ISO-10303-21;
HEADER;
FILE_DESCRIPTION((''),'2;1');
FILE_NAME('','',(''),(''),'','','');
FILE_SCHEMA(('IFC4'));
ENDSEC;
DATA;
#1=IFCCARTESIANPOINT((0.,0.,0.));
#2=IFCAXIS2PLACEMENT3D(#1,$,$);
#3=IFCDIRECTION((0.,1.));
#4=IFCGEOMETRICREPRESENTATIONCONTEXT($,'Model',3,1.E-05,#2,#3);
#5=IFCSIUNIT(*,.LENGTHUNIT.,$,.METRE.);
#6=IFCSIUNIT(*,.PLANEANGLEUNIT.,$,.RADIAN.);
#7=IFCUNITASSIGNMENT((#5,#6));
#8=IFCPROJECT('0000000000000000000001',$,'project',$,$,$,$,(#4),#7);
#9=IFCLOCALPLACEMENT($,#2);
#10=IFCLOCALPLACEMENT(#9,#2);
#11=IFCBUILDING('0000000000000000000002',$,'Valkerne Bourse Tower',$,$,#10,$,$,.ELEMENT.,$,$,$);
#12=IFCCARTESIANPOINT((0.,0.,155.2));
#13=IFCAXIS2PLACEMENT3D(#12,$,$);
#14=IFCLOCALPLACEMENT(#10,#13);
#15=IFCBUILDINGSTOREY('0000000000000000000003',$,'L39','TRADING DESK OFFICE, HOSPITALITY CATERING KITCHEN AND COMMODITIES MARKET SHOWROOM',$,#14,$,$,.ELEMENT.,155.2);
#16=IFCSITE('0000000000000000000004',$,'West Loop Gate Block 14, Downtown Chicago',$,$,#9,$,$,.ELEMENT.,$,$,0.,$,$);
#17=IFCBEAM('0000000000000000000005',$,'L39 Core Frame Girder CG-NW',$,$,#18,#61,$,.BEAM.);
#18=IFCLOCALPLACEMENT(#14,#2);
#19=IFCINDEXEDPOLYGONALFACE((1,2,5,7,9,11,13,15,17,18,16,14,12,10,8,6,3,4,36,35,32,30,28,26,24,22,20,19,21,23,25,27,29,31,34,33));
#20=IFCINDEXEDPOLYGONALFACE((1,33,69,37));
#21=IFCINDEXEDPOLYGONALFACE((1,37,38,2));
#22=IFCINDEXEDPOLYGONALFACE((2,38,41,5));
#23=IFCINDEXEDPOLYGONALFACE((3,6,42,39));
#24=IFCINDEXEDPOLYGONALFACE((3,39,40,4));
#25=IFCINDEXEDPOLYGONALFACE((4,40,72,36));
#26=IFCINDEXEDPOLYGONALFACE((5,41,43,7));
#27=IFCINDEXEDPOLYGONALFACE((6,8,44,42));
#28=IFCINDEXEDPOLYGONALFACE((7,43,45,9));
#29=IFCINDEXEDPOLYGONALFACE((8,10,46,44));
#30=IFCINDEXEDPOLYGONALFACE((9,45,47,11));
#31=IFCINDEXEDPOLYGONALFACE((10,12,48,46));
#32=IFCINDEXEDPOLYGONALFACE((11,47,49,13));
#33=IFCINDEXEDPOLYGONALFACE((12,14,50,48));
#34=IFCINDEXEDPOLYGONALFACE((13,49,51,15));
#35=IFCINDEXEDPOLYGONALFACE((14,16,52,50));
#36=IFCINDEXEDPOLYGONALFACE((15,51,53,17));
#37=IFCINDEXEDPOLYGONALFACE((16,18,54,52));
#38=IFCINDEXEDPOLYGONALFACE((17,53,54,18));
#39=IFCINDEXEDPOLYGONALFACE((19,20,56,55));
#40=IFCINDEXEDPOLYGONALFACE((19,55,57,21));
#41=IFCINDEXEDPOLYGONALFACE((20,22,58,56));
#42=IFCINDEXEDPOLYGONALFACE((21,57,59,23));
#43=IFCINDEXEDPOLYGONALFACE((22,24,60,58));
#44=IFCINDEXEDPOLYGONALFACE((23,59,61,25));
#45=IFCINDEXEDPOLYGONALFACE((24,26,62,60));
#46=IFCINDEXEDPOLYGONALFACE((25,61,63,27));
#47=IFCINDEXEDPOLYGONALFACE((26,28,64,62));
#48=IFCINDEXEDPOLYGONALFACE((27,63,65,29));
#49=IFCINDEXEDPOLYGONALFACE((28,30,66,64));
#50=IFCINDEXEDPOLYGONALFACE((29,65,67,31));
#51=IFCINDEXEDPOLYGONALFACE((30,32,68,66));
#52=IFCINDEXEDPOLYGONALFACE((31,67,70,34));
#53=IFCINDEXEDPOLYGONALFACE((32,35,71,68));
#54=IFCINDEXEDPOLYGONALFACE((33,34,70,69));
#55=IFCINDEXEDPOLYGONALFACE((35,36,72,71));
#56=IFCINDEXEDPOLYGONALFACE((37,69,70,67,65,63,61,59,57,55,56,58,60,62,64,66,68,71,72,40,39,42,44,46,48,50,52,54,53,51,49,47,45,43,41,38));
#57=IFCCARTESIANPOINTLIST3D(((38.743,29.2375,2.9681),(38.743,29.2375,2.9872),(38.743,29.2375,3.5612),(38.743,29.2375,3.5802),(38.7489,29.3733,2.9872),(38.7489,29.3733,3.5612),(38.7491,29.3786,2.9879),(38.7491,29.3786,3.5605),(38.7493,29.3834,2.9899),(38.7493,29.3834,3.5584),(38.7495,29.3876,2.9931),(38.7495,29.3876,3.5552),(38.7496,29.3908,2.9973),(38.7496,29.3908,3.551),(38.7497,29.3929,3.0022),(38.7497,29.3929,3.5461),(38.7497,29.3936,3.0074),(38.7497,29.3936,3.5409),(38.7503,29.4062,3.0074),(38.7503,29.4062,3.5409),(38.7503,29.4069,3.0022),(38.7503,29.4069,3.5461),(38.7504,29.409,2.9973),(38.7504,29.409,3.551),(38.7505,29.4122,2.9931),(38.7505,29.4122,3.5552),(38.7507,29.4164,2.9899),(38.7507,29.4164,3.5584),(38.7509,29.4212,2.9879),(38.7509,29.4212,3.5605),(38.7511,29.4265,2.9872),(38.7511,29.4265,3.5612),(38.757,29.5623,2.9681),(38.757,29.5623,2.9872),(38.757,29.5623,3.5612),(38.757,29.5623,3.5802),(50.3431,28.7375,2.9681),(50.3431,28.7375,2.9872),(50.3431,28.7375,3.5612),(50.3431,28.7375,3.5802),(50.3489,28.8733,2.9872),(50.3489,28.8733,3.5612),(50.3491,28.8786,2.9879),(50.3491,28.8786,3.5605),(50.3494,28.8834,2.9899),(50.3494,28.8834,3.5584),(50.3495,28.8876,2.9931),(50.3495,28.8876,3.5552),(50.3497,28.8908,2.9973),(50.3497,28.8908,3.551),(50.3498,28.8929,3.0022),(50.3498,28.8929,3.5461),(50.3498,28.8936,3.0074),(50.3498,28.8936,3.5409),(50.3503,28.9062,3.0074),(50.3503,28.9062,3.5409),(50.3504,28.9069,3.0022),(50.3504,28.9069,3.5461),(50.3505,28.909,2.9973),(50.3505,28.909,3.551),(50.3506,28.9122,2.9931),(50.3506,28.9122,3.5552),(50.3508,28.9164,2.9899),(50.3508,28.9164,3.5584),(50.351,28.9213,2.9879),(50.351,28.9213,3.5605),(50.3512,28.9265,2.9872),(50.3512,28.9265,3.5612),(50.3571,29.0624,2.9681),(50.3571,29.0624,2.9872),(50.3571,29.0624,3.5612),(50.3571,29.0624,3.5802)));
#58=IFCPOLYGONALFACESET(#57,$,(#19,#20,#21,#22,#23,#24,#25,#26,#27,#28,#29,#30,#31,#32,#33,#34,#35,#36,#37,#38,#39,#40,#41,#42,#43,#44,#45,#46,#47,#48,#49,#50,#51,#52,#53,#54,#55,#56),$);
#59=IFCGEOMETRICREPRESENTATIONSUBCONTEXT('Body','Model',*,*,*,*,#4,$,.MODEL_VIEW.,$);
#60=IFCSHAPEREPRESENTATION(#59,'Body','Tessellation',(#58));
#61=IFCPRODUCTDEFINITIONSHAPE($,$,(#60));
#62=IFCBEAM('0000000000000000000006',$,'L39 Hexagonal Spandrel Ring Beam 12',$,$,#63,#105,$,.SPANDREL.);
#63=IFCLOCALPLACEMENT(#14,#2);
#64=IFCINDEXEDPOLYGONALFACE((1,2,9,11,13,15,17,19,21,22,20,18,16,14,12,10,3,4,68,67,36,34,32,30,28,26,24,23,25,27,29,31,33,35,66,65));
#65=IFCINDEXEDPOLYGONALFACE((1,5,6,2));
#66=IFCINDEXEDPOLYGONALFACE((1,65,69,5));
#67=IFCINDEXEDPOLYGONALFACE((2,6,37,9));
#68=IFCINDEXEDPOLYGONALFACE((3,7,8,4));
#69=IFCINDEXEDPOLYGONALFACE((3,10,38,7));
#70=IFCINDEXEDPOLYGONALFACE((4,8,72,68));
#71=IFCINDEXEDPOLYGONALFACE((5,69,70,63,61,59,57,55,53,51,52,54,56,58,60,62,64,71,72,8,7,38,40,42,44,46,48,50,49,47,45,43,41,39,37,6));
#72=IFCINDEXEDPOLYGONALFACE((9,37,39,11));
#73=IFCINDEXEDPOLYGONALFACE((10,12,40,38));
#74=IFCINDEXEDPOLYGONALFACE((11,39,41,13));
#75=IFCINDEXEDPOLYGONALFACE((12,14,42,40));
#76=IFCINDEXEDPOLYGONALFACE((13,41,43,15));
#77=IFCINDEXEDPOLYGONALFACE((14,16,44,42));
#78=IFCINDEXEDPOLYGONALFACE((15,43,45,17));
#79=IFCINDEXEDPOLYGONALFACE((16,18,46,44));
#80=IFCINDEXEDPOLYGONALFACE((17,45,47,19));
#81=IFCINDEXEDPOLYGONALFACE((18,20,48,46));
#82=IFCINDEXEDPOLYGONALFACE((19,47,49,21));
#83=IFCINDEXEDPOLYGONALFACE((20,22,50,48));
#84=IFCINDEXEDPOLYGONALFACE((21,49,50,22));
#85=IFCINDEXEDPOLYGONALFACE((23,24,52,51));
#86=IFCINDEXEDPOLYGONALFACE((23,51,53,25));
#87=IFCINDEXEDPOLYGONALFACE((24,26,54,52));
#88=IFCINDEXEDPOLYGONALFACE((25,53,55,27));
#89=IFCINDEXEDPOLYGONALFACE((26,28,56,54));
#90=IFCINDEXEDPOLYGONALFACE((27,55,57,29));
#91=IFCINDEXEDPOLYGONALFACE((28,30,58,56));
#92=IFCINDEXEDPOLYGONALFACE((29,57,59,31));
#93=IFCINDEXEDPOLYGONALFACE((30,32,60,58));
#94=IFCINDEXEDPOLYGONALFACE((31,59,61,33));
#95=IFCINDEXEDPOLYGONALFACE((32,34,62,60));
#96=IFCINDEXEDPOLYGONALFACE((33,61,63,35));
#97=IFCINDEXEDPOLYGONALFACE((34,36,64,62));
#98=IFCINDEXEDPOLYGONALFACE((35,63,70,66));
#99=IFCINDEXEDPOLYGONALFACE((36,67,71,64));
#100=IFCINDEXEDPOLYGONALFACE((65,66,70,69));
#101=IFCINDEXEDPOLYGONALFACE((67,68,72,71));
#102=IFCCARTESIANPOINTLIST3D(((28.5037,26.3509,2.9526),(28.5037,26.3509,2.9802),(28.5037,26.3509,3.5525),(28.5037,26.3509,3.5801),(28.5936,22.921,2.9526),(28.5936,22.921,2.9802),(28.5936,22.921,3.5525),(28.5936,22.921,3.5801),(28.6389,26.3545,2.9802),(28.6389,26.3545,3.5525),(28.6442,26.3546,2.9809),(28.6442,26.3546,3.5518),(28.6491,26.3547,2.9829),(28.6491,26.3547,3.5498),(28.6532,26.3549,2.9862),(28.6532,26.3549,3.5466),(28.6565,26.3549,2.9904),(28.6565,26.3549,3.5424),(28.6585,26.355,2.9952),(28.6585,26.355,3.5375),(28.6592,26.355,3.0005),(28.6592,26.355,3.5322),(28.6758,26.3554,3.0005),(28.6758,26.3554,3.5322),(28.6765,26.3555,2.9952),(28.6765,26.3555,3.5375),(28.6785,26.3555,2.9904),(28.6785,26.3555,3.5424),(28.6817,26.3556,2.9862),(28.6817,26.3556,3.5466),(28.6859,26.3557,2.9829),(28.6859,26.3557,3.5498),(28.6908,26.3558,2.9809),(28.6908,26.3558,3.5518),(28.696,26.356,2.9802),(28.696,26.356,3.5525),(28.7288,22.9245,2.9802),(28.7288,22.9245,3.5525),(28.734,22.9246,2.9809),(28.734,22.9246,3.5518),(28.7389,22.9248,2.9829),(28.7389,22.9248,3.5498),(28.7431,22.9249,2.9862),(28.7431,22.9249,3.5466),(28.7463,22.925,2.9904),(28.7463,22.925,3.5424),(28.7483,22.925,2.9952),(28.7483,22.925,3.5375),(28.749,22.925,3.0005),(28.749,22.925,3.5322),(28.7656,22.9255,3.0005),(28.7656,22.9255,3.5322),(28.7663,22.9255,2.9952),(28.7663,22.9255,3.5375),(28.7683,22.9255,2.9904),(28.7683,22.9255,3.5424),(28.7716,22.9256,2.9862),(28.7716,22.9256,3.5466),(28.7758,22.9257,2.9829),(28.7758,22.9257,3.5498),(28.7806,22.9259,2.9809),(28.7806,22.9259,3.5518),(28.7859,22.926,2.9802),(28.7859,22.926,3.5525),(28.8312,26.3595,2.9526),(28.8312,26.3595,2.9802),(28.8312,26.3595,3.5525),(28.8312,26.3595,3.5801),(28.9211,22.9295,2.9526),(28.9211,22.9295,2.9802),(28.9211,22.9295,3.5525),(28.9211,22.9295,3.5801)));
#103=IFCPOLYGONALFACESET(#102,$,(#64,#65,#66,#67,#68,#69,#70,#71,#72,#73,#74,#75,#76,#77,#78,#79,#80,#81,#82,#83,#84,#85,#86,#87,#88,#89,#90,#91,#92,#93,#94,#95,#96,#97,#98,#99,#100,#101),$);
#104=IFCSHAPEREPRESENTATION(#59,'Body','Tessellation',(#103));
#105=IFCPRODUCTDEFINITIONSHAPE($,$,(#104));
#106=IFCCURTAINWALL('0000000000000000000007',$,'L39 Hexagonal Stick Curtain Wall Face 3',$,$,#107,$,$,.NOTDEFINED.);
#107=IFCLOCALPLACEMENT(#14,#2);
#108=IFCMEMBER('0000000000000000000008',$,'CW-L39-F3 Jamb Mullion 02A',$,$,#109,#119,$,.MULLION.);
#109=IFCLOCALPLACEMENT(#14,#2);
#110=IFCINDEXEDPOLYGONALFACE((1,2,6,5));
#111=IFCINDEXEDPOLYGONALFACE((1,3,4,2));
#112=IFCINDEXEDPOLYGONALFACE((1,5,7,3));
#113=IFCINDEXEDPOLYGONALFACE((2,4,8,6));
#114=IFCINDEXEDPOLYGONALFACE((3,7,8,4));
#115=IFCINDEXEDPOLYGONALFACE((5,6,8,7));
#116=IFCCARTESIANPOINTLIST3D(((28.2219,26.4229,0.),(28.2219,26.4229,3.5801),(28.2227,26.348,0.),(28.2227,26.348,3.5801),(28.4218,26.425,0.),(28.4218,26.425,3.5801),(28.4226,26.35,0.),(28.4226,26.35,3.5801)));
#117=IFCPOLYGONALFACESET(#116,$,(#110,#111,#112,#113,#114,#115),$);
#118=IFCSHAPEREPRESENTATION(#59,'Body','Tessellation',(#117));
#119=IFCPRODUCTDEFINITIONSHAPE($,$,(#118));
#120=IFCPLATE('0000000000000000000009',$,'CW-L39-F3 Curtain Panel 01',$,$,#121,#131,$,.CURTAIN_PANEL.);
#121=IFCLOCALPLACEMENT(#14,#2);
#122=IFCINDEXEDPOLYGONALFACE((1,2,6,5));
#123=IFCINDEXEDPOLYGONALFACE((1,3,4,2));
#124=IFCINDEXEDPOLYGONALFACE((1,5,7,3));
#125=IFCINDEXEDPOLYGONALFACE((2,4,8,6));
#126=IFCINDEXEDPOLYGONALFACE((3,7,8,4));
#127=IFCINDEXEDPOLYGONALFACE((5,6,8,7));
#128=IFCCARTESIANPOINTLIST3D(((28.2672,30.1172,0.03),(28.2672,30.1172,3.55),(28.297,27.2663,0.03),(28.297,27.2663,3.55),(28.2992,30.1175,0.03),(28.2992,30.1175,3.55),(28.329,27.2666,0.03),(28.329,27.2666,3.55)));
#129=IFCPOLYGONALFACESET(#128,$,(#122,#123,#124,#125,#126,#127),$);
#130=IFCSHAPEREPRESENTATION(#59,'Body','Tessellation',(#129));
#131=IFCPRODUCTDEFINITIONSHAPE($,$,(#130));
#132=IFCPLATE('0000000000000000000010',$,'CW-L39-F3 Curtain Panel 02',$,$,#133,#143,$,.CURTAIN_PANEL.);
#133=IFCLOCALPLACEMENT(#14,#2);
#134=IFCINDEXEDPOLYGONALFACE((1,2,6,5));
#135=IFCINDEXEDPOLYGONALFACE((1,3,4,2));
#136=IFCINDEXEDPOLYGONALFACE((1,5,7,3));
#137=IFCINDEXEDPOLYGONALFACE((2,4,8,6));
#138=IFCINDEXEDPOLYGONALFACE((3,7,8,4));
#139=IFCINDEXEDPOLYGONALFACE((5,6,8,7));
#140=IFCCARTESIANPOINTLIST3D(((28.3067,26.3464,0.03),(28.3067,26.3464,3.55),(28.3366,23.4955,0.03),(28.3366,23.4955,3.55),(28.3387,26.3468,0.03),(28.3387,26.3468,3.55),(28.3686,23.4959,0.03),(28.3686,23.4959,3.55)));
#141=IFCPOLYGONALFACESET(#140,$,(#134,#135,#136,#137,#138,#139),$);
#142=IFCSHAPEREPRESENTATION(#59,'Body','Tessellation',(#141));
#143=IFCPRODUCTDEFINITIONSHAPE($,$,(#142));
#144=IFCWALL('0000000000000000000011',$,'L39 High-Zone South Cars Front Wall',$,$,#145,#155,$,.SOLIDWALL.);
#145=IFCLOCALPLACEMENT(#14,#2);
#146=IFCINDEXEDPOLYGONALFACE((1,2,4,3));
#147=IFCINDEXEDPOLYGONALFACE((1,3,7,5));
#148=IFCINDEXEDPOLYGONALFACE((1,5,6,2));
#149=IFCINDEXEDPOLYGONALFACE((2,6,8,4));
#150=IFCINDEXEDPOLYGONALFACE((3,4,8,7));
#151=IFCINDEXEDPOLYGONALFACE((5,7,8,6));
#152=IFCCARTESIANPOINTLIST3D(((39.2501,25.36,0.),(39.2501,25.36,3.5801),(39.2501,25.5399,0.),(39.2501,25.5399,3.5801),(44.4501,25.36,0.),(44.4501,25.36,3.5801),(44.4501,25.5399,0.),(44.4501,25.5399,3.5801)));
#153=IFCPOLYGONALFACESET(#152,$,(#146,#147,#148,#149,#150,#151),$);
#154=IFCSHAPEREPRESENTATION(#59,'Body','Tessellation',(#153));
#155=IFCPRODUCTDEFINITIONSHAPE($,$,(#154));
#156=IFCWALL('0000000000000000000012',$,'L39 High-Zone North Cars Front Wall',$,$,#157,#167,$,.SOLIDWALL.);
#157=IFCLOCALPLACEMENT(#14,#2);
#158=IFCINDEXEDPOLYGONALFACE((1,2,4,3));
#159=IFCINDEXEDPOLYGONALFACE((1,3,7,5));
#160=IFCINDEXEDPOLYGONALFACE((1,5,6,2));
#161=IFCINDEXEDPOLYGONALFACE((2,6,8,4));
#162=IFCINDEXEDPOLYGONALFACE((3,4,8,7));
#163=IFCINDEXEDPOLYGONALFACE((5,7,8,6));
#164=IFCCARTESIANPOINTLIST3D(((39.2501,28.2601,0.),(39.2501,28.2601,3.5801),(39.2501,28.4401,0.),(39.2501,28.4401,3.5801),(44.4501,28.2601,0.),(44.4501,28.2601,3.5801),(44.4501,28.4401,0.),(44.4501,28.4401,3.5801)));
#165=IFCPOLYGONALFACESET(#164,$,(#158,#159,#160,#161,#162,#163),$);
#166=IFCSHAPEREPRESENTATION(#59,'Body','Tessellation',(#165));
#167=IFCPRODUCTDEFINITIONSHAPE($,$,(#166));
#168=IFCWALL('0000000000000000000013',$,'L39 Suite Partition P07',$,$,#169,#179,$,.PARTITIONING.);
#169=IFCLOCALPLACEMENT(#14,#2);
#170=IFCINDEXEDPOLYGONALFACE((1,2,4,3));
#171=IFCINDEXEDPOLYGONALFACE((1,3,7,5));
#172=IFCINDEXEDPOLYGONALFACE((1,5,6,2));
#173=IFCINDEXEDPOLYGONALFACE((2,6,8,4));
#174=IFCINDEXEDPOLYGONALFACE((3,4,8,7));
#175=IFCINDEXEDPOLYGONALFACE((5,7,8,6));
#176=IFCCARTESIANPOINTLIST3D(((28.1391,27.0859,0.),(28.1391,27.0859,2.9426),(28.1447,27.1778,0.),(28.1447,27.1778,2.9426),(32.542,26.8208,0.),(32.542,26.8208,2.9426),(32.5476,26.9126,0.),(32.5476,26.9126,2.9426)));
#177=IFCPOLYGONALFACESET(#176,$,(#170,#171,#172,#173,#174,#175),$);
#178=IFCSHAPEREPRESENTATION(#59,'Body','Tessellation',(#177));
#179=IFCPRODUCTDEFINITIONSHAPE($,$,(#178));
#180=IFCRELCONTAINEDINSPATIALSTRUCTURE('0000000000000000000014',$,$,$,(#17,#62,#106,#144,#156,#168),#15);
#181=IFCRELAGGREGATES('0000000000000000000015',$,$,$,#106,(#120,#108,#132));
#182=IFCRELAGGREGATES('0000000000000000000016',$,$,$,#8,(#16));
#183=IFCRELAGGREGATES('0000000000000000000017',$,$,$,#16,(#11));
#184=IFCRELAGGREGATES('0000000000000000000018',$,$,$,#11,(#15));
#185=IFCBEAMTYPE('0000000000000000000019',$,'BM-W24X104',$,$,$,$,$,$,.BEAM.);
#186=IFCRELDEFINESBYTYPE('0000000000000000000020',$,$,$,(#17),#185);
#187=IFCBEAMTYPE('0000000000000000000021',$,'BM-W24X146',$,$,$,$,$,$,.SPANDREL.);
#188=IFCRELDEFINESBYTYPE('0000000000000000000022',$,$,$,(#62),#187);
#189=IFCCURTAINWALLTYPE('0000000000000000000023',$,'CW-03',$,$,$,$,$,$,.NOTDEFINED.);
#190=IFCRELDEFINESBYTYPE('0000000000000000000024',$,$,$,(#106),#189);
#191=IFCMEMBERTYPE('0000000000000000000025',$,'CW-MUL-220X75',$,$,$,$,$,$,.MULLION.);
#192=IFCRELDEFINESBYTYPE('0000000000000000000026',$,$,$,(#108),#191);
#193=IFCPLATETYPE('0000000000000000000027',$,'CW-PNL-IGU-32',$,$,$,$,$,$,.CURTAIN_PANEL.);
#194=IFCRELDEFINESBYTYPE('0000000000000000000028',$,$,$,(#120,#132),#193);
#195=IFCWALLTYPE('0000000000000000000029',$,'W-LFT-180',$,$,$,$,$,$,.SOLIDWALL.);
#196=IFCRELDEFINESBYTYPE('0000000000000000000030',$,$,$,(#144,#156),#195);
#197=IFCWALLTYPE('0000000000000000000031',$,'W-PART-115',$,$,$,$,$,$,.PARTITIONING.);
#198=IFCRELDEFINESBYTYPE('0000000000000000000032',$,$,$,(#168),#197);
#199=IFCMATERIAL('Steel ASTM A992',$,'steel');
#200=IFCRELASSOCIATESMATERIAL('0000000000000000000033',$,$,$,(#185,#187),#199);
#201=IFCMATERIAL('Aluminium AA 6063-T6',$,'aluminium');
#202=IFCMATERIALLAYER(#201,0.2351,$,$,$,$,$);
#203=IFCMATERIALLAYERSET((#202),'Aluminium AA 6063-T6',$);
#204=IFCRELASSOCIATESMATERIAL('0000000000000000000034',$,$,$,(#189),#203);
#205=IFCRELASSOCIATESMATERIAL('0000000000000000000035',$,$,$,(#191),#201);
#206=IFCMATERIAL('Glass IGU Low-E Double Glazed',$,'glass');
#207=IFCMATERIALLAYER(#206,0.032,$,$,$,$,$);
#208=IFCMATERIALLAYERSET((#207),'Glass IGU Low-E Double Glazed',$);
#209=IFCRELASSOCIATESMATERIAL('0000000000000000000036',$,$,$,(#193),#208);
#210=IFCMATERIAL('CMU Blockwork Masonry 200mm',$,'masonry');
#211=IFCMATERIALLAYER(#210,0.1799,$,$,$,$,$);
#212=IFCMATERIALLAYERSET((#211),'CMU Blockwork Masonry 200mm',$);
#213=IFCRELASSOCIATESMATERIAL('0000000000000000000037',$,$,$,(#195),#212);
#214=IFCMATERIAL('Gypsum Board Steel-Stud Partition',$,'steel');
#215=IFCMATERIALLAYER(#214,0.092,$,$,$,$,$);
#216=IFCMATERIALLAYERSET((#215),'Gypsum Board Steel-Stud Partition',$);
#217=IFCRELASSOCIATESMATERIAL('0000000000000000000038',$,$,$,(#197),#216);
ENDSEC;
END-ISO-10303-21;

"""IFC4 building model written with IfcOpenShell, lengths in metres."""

from ifc_helpers import new_model, si_unit, direction, frame, frame_2d, origin, origin_2d, place, context, subcontext, project, spatial, rectangle, i_section, extrude, material, layer, layer_set, material_profile, profile_set, type_object, element, aggregate, save


model = new_model("IFC4")

# Units and contexts
model_context = context("Model", 3, precision=1e-05, world=origin(), true_north=direction((0.0, 1.0)))
body_context = subcontext(model_context, "Body", "Model", "MODEL_VIEW")
ifc_project = project(units=[si_unit("LENGTHUNIT", "METRE"), si_unit("PLANEANGLEUNIT", "RADIAN")], contexts=[model_context])

# Site, building, storey
site_placement = place(None, origin())
site = spatial("IfcSite", under=ifc_project, at=site_placement, Name="West Loop Gate Block 14, Downtown Chicago", CompositionType="ELEMENT", RefElevation=0.0)
building_placement = place(site_placement, origin())
building = spatial("IfcBuilding", under=site, at=building_placement, Name="Valkerne Bourse Tower", CompositionType="ELEMENT")
storey_placement = place(building_placement, frame((0.0, 0.0, 155.2)))
storey = spatial("IfcBuildingStorey", under=building, at=storey_placement, Name="L39", Description="TRADING DESK OFFICE, HOSPITALITY CATERING KITCHEN AND COMMODITIES MARKET SHOWROOM", CompositionType="ELEMENT", Elevation=155.2)

# Beams
ifc_material_1 = material(Name="Steel ASTM A992", Category="steel")
ifc_material_profile_1 = material_profile(ifc_material_1, i_section(OverallWidth=0.3252, OverallDepth=0.6121, WebThickness=0.0127, FlangeThickness=0.019, FilletRadius=0.0203, at=origin_2d()), Name="W24X104")
ifc_profile_set_1 = profile_set([ifc_material_profile_1], Name="Steel ASTM A992")
beam_type_1 = type_object("IfcBeamType", Name="BM-W24X104", PredefinedType="BEAM", material=ifc_profile_set_1)
beam_1_placement = place(storey_placement, frame((38.75, 29.3999, 3.2742), z_axis=(0.999072, -0.043063, 0.0), x_axis=(0.043063, 0.999072, 0.0)))
element("IfcBeam", 1, at=beam_1_placement, inside=storey, type_object=beam_type_1, Name="L39 Core Frame Girder CG-NW", PredefinedType="BEAM", context=body_context, shape_type="SweptSolid", body=[
    extrude(i_section(OverallWidth=0.3252, OverallDepth=0.6121, WebThickness=0.0127, FlangeThickness=0.019, FilletRadius=0.0203, at=origin_2d()), origin(), (0.0, 0.0, 1.0), 11.6108),
])
ifc_material_profile_2 = material_profile(ifc_material_1, i_section(OverallWidth=0.3276, OverallDepth=0.6274, WebThickness=0.0166, FlangeThickness=0.0276, FilletRadius=0.0203, at=origin_2d()), Name="W24X146")
ifc_profile_set_2 = profile_set([ifc_material_profile_2], Name="Steel ASTM A992")
beam_type_2 = type_object("IfcBeamType", Name="BM-W24X146", PredefinedType="SPANDREL", material=ifc_profile_set_2)
beam_2_placement = place(storey_placement, frame((28.6675, 26.3552, 3.2664), z_axis=(0.026185, -0.999657, 0.0), x_axis=(0.999657, 0.026185, 0.0)))
element("IfcBeam", 2, at=beam_2_placement, inside=storey, type_object=beam_type_2, Name="L39 Hexagonal Spandrel Ring Beam 12", PredefinedType="SPANDREL", context=body_context, shape_type="SweptSolid", body=[
    extrude(i_section(OverallWidth=0.3276, OverallDepth=0.6274, WebThickness=0.0166, FlangeThickness=0.0276, FilletRadius=0.0203, at=origin_2d()), origin(), (0.0, 0.0, 1.0), 3.4312),
])

# Curtain wall, member, plates
ifc_material_2 = material(Name="Aluminium AA 6063-T6", Category="aluminium")
ifc_layer_1 = layer(ifc_material_2, 0.2351)
ifc_layer_set_1 = layer_set([ifc_layer_1], Name="Aluminium AA 6063-T6")
curtain_wall_type = type_object("IfcCurtainWallType", Name="CW-03", PredefinedType="NOTDEFINED", material=ifc_layer_set_1)
curtain_wall_placement = place(storey_placement, origin())
curtain_wall = element("IfcCurtainWall", 3, at=curtain_wall_placement, inside=storey, type_object=curtain_wall_type, Name="L39 Hexagonal Stick Curtain Wall Face 3", PredefinedType="NOTDEFINED")
ifc_material_profile_3 = material_profile(ifc_material_2, rectangle(XDim=0.075, YDim=0.2, at=origin_2d()), Name="CWM-75X200")
ifc_profile_set_3 = profile_set([ifc_material_profile_3], Name="Aluminium AA 6063-T6")
member_type = type_object("IfcMemberType", Name="CW-MUL-220X75", PredefinedType="MULLION", material=ifc_profile_set_3)
member_placement = place(storey_placement, frame((28.3223, 26.3865, 0.0), z_axis=(0.0, 0.0, 1.0), x_axis=(0.010475, -0.999945, 0.0)))
member = element("IfcMember", 4, at=member_placement, type_object=member_type, Name="CW-L39-F3 Jamb Mullion 02A", PredefinedType="MULLION", context=body_context, shape_type="SweptSolid", body=[
    extrude(rectangle(XDim=0.075, YDim=0.2, at=origin_2d()), origin(), (0.0, 0.0, 1.0), 3.5801),
])
ifc_material_3 = material(Name="Glass IGU Low-E Double Glazed", Category="glass")
ifc_layer_2 = layer(ifc_material_3, 0.032)
ifc_layer_set_2 = layer_set([ifc_layer_2], Name="Glass IGU Low-E Double Glazed")
plate_type = type_object("IfcPlateType", Name="CW-PNL-IGU-32", PredefinedType="CURTAIN_PANEL", material=ifc_layer_set_2)
plate_1_placement = place(storey_placement, frame((28.2981, 28.6919, 0.03), z_axis=(0.0, 0.0, 1.0), x_axis=(0.010475, -0.999945, 0.0)))
plate_1 = element("IfcPlate", 5, at=plate_1_placement, type_object=plate_type, Name="CW-L39-F3 Curtain Panel 01", PredefinedType="CURTAIN_PANEL", context=body_context, shape_type="SweptSolid", body=[
    extrude(rectangle(XDim=2.8511, YDim=0.032, at=origin_2d()), origin(), (0.0, 0.0, 1.0), 3.52),
])
plate_2_placement = place(storey_placement, frame((28.3376, 24.9211, 0.03), z_axis=(0.0, 0.0, 1.0), x_axis=(0.010475, -0.999945, 0.0)))
plate_2 = element("IfcPlate", 6, at=plate_2_placement, type_object=plate_type, Name="CW-L39-F3 Curtain Panel 02", PredefinedType="CURTAIN_PANEL", context=body_context, shape_type="SweptSolid", body=[
    extrude(rectangle(XDim=2.8511, YDim=0.032, at=origin_2d()), origin(), (0.0, 0.0, 1.0), 3.52),
])
aggregate(curtain_wall, [plate_1, member, plate_2])

# Walls
ifc_material_4 = material(Name="CMU Blockwork Masonry 200mm", Category="masonry")
ifc_layer_3 = layer(ifc_material_4, 0.1799)
ifc_layer_set_3 = layer_set([ifc_layer_3], Name="CMU Blockwork Masonry 200mm")
wall_type_1 = type_object("IfcWallType", Name="W-LFT-180", PredefinedType="SOLIDWALL", material=ifc_layer_set_3)
for number, where, z_axis, x_axis, name in (
    (7, (39.25, 25.45, 0.0), (0.0, 0.0, 1.0), (1.0, 0.0, 0.0), "L39 High-Zone South Cars Front Wall"),
    (8, (39.25, 28.3501, 0.0), (0.0, 0.0, 1.0), (1.0, 0.0, 0.0), "L39 High-Zone North Cars Front Wall"),
):
    element("IfcWall", number, at=place(storey_placement, frame(where, z_axis=z_axis, x_axis=x_axis)), inside=storey, type_object=wall_type_1, Name=name, PredefinedType="SOLIDWALL", context=body_context, shape_type="SweptSolid", body=[
        extrude(rectangle(XDim=5.2, YDim=0.1799, at=frame_2d((2.6001, 0.0))), origin(), (0.0, 0.0, 1.0), 3.5801),
    ])
ifc_material_5 = material(Name="Gypsum Board Steel-Stud Partition", Category="steel")
ifc_layer_4 = layer(ifc_material_5, 0.092)
ifc_layer_set_4 = layer_set([ifc_layer_4], Name="Gypsum Board Steel-Stud Partition")
wall_type_2 = type_object("IfcWallType", Name="W-PART-115", PredefinedType="PARTITIONING", material=ifc_layer_set_4)
wall_1_placement = place(storey_placement, frame((32.5449, 26.8667, 0.0), z_axis=(0.0, 0.0, 1.0), x_axis=(-0.998192, 0.060111, 0.0)))
element("IfcWall", 9, at=wall_1_placement, inside=storey, type_object=wall_type_2, Name="L39 Suite Partition P07", PredefinedType="PARTITIONING", context=body_context, shape_type="SweptSolid", body=[
    extrude(rectangle(XDim=4.4109, YDim=0.092, at=frame_2d((2.2056, 0.0))), origin(), (0.0, 0.0, 1.0), 2.9426),
])

save(model, "model.ifc")
